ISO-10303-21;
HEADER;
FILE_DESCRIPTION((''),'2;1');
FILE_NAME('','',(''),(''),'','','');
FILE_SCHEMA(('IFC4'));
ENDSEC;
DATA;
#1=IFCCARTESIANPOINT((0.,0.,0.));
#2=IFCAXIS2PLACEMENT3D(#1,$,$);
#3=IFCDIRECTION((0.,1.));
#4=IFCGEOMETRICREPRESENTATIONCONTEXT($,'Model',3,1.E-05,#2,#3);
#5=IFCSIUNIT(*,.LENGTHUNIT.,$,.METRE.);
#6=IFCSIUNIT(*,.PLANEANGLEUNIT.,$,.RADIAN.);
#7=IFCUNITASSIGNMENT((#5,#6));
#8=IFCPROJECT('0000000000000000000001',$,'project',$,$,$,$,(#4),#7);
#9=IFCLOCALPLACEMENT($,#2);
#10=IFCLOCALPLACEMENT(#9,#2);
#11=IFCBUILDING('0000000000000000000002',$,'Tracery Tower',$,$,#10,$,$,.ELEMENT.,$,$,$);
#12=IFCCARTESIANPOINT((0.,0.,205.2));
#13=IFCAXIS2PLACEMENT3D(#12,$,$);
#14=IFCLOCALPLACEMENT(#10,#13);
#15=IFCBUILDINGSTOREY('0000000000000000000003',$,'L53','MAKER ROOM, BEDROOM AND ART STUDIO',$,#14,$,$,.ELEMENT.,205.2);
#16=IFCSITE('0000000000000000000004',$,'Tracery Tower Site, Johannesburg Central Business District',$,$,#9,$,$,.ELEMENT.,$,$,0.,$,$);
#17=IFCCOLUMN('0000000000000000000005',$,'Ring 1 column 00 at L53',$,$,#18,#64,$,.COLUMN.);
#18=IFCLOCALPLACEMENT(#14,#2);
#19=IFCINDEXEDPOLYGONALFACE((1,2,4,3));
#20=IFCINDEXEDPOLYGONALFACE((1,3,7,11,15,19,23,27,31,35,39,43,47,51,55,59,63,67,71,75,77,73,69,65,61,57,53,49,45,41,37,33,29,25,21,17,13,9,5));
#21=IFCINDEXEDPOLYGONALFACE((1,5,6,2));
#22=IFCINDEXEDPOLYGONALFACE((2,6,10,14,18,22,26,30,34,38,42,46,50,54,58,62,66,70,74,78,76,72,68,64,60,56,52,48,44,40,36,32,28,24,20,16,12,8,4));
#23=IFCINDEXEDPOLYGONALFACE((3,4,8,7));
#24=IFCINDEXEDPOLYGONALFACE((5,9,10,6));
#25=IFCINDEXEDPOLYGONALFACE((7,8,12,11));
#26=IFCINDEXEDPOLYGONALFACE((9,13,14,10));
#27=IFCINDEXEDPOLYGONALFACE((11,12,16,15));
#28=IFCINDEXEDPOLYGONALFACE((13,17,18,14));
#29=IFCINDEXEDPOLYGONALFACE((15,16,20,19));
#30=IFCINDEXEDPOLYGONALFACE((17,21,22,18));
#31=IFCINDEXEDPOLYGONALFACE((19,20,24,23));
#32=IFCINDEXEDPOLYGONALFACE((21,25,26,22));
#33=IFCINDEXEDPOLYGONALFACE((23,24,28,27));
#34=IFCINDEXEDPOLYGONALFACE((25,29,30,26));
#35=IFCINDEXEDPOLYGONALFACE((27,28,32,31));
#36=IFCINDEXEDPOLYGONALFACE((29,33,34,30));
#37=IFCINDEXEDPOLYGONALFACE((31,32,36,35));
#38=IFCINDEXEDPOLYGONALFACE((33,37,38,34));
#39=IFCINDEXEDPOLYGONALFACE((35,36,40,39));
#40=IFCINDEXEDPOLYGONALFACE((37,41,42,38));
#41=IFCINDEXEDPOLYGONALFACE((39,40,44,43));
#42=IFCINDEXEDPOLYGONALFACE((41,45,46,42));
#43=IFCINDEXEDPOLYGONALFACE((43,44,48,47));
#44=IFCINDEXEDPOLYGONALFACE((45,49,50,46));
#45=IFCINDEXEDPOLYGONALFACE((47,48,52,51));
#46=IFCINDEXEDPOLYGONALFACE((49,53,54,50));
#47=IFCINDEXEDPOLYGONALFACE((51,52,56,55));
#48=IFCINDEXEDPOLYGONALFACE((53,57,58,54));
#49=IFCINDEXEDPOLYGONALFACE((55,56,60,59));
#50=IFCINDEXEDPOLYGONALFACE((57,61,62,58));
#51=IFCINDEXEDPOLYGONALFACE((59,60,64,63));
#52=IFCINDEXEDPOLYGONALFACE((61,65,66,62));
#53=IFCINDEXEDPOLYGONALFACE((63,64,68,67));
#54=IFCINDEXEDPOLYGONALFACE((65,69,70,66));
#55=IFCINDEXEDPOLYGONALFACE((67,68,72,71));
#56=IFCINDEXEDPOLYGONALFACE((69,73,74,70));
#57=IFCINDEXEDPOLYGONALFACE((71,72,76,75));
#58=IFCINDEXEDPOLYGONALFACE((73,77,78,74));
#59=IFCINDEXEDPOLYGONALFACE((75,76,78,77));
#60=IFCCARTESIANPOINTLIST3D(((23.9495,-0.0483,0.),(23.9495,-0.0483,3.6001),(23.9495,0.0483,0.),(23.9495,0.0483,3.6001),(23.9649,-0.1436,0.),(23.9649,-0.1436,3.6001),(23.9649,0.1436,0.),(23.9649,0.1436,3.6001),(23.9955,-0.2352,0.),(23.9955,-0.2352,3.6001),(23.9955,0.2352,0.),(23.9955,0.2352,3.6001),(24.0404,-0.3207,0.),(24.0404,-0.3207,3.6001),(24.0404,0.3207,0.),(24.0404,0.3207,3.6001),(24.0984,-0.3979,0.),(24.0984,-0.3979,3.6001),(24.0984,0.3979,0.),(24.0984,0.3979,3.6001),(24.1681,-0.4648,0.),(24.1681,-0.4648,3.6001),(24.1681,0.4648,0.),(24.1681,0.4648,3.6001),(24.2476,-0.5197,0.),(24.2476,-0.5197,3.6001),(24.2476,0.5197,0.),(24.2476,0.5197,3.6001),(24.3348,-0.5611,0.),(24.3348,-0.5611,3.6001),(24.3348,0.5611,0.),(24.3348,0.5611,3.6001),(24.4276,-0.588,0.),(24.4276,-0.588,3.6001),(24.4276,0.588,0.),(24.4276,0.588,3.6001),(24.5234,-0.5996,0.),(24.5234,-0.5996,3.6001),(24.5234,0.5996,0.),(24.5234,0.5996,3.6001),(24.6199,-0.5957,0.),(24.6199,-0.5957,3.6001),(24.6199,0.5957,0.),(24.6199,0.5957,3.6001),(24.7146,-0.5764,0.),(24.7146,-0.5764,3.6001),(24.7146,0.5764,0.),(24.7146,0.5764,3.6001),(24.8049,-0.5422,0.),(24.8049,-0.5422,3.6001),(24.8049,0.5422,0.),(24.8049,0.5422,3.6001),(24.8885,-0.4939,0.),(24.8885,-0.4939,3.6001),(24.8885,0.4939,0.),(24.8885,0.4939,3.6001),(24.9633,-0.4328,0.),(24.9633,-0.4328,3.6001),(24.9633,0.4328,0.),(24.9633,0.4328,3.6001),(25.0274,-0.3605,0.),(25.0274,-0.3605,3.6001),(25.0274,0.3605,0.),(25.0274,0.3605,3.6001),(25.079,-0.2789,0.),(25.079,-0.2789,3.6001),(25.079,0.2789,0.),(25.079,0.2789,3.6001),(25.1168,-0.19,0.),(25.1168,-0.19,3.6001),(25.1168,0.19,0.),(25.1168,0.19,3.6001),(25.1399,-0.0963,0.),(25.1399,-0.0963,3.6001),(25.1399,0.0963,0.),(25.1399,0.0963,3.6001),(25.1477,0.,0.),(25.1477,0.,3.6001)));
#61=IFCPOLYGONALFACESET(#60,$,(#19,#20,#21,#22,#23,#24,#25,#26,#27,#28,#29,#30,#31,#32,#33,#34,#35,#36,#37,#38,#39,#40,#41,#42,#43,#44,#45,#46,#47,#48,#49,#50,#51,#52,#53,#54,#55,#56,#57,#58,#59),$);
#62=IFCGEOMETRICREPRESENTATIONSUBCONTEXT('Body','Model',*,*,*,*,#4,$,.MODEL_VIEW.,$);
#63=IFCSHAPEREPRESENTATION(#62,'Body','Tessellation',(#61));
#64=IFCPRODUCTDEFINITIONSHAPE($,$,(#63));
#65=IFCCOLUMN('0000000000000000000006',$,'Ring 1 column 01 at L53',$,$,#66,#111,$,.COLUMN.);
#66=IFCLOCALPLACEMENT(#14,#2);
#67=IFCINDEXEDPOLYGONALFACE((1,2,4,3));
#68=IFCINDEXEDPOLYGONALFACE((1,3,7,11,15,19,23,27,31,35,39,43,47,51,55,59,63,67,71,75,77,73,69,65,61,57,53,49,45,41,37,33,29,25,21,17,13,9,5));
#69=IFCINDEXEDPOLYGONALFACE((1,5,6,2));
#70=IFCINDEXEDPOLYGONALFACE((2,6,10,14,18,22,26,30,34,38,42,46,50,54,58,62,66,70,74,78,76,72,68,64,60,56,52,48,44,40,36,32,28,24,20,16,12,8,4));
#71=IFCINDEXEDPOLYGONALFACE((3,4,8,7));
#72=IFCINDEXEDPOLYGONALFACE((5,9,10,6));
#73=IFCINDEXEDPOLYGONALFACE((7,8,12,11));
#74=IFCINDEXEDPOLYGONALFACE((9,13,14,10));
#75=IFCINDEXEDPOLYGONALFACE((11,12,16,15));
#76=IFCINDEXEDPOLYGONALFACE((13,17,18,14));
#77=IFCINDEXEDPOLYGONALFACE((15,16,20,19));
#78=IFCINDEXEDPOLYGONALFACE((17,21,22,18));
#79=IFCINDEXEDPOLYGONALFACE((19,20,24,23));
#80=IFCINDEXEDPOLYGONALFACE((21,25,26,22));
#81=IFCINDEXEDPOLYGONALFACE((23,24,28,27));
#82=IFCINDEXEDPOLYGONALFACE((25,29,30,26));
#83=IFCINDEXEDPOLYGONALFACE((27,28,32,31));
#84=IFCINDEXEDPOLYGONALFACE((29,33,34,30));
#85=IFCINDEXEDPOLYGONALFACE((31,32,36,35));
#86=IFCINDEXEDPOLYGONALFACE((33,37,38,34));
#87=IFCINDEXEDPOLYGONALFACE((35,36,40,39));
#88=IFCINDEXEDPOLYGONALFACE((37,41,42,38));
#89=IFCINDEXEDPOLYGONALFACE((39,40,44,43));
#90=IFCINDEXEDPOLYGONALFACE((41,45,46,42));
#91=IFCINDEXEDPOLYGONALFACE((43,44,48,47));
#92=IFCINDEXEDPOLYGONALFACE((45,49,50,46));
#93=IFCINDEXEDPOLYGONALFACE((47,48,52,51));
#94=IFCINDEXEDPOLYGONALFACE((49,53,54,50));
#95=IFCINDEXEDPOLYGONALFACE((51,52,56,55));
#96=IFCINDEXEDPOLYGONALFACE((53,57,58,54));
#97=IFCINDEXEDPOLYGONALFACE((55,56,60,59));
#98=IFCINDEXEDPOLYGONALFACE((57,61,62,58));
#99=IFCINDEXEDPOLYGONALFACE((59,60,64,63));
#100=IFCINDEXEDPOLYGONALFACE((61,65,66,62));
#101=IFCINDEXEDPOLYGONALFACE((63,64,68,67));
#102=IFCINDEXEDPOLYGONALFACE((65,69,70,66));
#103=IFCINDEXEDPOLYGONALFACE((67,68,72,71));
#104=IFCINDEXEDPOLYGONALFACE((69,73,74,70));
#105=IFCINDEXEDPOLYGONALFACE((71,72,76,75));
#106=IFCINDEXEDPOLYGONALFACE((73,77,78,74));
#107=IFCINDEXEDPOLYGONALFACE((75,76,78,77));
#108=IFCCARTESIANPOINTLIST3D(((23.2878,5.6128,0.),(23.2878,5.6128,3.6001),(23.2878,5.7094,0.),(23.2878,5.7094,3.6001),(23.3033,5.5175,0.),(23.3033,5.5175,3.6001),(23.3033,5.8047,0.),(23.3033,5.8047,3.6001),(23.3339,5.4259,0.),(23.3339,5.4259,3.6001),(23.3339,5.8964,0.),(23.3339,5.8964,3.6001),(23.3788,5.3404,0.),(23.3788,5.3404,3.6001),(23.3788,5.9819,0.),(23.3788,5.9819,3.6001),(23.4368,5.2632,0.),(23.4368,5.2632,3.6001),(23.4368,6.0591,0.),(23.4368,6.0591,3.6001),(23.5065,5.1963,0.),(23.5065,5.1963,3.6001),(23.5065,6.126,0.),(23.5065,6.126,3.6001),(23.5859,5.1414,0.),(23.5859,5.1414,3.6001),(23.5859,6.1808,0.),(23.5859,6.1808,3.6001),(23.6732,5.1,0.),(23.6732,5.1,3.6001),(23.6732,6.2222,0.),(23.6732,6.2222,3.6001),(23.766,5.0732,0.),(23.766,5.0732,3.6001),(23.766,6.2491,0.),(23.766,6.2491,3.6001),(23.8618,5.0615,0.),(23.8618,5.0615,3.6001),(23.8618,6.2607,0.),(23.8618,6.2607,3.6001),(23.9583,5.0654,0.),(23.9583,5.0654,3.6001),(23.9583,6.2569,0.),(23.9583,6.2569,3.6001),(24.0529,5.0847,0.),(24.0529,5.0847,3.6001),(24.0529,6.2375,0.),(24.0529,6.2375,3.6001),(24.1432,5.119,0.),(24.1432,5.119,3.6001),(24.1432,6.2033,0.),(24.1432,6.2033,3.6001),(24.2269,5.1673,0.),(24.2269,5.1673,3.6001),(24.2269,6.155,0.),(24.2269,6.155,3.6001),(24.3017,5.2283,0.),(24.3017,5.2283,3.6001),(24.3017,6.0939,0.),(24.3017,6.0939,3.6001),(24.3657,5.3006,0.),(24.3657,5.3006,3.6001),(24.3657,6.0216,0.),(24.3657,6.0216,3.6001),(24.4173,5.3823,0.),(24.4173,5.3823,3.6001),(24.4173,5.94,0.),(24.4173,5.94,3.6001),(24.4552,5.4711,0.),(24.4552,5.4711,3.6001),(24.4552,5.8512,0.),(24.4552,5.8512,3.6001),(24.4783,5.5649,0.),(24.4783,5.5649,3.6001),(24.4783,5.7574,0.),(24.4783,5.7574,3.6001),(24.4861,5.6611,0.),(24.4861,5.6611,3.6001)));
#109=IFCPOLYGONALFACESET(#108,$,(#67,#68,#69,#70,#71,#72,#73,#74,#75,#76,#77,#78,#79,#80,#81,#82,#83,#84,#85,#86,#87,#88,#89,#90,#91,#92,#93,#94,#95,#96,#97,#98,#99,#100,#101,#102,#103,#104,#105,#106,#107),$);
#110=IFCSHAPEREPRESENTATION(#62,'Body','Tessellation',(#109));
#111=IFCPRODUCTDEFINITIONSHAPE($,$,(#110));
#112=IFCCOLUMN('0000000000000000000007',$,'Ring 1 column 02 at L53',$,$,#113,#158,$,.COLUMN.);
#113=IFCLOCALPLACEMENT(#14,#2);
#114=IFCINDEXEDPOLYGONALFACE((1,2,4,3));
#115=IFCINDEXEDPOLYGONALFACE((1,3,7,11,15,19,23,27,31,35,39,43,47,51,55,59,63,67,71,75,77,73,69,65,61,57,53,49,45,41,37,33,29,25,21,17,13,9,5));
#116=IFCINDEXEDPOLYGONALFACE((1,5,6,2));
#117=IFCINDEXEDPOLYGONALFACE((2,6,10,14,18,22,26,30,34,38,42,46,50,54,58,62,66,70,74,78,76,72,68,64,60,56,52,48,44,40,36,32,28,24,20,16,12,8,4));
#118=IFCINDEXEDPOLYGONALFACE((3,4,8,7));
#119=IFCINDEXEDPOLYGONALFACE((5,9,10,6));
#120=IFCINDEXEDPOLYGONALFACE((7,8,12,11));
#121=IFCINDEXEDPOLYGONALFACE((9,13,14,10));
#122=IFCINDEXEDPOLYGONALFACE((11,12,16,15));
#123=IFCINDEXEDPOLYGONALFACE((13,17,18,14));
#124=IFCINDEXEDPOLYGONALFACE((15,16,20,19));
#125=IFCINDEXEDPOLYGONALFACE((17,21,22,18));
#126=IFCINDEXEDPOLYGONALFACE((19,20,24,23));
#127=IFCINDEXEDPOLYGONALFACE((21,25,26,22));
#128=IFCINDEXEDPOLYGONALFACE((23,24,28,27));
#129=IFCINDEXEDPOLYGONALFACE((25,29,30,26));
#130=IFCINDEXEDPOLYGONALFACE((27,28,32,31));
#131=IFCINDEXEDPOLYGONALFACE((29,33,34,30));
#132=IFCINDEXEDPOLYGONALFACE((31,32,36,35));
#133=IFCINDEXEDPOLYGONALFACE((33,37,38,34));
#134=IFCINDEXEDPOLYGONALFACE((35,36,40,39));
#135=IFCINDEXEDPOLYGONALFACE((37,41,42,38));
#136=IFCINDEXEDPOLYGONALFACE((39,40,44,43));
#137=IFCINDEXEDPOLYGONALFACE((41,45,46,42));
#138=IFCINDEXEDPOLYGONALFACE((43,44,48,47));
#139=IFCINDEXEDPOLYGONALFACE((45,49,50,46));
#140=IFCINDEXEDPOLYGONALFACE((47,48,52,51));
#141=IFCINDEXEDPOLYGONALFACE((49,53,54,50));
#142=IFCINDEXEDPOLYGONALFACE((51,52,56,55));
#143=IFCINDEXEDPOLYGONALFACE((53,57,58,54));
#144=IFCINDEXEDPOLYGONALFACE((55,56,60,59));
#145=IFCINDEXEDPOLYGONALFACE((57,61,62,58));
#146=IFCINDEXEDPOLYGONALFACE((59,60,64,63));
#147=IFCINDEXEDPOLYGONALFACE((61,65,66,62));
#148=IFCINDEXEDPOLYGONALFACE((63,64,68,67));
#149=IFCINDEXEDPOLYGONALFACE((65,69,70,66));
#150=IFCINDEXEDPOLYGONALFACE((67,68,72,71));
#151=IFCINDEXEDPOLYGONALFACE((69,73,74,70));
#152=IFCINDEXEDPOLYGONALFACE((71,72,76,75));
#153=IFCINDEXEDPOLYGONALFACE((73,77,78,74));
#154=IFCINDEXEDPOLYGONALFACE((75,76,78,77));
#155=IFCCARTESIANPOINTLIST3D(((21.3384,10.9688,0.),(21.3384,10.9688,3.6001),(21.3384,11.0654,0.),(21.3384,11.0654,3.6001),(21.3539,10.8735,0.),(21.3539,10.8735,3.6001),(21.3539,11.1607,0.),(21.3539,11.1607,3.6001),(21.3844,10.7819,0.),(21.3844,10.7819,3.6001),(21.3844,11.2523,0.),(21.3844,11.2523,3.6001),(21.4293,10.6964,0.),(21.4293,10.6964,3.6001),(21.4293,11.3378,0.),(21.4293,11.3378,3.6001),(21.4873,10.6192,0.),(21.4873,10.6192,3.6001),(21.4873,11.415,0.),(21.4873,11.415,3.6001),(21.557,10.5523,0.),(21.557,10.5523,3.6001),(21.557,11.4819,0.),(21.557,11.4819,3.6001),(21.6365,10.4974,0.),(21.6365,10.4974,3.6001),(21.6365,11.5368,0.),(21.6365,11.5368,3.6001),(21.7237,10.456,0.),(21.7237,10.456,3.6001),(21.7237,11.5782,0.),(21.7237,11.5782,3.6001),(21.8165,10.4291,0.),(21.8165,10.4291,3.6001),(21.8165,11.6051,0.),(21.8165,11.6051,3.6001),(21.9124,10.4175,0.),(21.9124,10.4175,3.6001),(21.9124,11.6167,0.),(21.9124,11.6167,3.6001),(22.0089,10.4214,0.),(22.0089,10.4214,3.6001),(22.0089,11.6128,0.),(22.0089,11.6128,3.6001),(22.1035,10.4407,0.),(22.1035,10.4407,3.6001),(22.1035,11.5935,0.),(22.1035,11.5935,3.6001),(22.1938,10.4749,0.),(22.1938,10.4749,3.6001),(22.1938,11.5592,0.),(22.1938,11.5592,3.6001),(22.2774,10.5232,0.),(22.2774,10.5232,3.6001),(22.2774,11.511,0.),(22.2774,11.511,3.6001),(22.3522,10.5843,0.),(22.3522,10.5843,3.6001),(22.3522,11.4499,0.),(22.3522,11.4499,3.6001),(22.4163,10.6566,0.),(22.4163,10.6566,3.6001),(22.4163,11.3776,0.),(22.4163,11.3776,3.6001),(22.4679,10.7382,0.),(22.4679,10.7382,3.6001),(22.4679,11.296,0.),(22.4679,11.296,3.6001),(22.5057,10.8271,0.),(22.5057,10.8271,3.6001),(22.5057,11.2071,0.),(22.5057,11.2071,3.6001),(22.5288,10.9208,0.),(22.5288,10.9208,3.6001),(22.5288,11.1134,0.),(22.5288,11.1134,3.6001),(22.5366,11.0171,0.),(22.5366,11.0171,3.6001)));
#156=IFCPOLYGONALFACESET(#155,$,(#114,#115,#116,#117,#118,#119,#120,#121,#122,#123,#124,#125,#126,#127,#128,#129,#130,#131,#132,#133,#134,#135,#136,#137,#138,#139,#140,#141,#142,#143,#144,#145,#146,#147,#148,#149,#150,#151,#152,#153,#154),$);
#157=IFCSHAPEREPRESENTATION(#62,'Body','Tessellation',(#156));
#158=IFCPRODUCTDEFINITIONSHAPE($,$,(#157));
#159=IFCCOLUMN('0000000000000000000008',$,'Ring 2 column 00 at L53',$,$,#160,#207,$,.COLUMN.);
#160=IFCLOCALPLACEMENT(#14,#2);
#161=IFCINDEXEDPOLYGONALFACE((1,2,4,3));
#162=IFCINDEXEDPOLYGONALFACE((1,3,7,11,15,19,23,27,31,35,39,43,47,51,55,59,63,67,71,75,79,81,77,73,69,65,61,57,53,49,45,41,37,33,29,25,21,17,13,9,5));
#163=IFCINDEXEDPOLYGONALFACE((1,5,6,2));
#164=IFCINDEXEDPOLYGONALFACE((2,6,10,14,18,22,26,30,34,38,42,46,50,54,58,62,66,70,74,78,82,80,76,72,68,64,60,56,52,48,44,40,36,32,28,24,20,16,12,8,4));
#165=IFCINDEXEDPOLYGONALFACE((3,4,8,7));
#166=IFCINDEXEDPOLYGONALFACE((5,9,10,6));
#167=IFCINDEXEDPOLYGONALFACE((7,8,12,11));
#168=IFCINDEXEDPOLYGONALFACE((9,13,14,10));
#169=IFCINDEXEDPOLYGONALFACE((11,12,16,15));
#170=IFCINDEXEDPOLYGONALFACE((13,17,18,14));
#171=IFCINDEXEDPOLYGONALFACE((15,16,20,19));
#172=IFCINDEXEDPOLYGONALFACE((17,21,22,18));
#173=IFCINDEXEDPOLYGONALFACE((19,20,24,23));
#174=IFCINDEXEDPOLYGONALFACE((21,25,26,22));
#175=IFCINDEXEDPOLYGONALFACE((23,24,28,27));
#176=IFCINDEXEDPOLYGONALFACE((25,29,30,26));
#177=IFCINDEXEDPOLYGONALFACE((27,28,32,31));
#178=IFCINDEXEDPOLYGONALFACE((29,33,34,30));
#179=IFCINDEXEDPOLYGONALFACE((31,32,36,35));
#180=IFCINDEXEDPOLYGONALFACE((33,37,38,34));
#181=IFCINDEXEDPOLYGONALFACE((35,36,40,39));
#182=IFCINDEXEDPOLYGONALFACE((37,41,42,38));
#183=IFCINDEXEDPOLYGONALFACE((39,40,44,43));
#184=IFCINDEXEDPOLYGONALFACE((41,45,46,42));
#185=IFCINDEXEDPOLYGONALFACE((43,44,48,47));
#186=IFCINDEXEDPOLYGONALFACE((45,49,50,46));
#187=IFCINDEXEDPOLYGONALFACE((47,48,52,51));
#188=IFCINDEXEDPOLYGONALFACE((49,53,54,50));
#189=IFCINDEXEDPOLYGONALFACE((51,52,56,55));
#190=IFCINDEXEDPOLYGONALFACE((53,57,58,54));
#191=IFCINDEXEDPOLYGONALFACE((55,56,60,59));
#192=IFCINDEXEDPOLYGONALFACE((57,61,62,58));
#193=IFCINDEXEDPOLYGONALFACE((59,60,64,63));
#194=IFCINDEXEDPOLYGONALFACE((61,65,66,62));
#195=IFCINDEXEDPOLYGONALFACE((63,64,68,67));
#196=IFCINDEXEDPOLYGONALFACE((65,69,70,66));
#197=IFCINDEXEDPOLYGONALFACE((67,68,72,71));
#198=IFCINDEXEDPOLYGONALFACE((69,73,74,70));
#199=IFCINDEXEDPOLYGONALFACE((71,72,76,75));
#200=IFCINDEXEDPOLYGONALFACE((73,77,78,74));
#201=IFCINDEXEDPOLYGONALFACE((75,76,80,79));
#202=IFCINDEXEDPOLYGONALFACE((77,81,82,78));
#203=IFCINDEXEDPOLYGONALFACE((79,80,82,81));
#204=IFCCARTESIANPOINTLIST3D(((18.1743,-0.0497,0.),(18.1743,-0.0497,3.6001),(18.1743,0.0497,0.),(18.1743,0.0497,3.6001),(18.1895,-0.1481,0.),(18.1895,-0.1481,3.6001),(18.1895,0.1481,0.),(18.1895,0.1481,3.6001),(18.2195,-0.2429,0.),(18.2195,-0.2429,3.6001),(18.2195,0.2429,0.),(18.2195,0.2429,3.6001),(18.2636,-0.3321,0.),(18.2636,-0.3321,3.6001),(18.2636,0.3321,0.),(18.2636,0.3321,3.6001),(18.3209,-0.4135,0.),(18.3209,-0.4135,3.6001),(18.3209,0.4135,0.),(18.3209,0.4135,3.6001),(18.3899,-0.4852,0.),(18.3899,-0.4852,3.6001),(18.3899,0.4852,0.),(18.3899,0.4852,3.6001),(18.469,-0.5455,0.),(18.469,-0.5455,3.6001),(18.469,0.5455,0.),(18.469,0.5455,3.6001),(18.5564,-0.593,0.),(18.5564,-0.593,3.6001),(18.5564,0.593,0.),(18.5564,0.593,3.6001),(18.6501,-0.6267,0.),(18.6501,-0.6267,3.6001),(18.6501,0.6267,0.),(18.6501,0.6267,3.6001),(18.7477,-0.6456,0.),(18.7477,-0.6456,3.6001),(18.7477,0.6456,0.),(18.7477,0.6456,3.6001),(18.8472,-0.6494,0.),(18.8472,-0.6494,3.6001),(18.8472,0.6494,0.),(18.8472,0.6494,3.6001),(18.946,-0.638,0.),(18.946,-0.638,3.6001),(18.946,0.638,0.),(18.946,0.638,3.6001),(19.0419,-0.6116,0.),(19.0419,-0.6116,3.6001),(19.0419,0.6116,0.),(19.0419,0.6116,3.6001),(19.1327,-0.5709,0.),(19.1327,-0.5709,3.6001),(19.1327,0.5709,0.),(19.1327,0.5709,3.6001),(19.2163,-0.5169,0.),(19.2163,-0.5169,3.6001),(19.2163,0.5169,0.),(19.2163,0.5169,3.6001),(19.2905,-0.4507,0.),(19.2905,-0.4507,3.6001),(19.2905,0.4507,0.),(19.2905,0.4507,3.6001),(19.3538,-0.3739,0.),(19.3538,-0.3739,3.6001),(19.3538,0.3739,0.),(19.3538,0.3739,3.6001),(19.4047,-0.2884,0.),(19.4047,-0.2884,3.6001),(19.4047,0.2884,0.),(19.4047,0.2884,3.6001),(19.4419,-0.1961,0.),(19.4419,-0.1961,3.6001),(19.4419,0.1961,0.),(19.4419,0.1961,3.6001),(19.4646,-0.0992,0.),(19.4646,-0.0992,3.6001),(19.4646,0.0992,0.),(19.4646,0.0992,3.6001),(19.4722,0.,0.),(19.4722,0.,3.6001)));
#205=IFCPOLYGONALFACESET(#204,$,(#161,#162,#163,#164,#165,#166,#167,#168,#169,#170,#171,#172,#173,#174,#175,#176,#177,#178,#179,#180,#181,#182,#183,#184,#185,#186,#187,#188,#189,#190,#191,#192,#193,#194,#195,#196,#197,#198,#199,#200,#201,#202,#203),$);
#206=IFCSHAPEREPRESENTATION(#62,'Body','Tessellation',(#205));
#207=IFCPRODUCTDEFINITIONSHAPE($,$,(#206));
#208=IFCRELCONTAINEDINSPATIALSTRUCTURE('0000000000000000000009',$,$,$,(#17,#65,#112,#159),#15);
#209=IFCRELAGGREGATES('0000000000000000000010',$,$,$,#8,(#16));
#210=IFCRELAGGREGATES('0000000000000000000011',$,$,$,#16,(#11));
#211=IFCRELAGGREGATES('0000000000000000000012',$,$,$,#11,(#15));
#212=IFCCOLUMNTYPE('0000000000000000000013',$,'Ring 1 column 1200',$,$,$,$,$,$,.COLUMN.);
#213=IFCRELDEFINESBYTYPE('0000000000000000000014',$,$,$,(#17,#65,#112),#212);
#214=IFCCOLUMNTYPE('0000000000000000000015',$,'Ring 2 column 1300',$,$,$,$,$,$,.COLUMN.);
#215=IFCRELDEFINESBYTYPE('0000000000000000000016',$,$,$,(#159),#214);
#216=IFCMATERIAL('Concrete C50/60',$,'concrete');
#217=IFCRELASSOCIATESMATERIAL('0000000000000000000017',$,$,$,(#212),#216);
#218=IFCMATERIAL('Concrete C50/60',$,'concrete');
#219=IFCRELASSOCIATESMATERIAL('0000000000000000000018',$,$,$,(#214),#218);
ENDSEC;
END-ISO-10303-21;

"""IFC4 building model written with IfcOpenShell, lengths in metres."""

from ifc_helpers import new_model, si_unit, direction, frame, origin, origin_2d, place, context, subcontext, project, spatial, circle, extrude, material, material_profile, profile_set, type_object, element, save


model = new_model("IFC4")

# Units and contexts
model_context = context("Model", 3, precision=1e-05, world=origin(), true_north=direction((0.0, 1.0)))
body_context = subcontext(model_context, "Body", "Model", "MODEL_VIEW")
ifc_project = project(units=[si_unit("LENGTHUNIT", "METRE"), si_unit("PLANEANGLEUNIT", "RADIAN")], contexts=[model_context])

# Site, building, storey
site_placement = place(None, origin())
site = spatial("IfcSite", under=ifc_project, at=site_placement, Name="Tracery Tower Site, Johannesburg Central Business District", CompositionType="ELEMENT", RefElevation=0.0)
building_placement = place(site_placement, origin())
building = spatial("IfcBuilding", under=site, at=building_placement, Name="Tracery Tower", CompositionType="ELEMENT")
storey_placement = place(building_placement, frame((0.0, 0.0, 205.2)))
storey = spatial("IfcBuildingStorey", under=building, at=storey_placement, Name="L53", Description="MAKER ROOM, BEDROOM AND ART STUDIO", CompositionType="ELEMENT", Elevation=205.2)

# Columns
ifc_material_1 = material(Name="Concrete C50/60", Category="concrete")
ifc_material_profile_1 = material_profile(ifc_material_1, circle(Radius=0.6001, at=origin_2d()), Name="RC D1200")
ifc_profile_set_1 = profile_set([ifc_material_profile_1], Name="Concrete C50/60")
column_type_1 = type_object("IfcColumnType", Name="Ring 1 column 1200", PredefinedType="COLUMN", material=ifc_profile_set_1)
for number, where, z_axis, x_axis, name in (
    (1, (24.5476, 0.0, 0.0), (0.0, 0.0, 1.0), (1.0, 0.0, 0.0), "Ring 1 column 00 at L53"),
    (2, (23.886, 5.6611, 0.0), (0.0, 0.0, 1.0), (1.0, 0.0, 0.0), "Ring 1 column 01 at L53"),
    (3, (21.9365, 11.0171, 0.0), (0.0, 0.0, 1.0), (1.0, 0.0, 0.0), "Ring 1 column 02 at L53"),
):
    element("IfcColumn", number, at=place(storey_placement, frame(where, z_axis=z_axis, x_axis=x_axis)), inside=storey, type_object=column_type_1, Name=name, PredefinedType="COLUMN", context=body_context, shape_type="SweptSolid", body=[
        extrude(circle(Radius=0.6001, at=origin_2d()), origin(), (0.0, 0.0, 1.0), 3.6001),
    ])
ifc_material_2 = material(Name="Concrete C50/60", Category="concrete")
ifc_material_profile_2 = material_profile(ifc_material_2, circle(Radius=0.6499, at=origin_2d()), Name="RC D1300")
ifc_profile_set_2 = profile_set([ifc_material_profile_2], Name="Concrete C50/60")
column_type_2 = type_object("IfcColumnType", Name="Ring 2 column 1300", PredefinedType="COLUMN", material=ifc_profile_set_2)
for number, where, z_axis, x_axis, name in (
    (4, (18.8223, 0.0, 0.0), (0.0, 0.0, 1.0), (1.0, 0.0, 0.0), "Ring 2 column 00 at L53"),
):
    element("IfcColumn", number, at=place(storey_placement, frame(where, z_axis=z_axis, x_axis=x_axis)), inside=storey, type_object=column_type_2, Name=name, PredefinedType="COLUMN", context=body_context, shape_type="SweptSolid", body=[
        extrude(circle(Radius=0.6499, at=origin_2d()), origin(), (0.0, 0.0, 1.0), 3.6001),
    ])

save(model, "model.ifc")
